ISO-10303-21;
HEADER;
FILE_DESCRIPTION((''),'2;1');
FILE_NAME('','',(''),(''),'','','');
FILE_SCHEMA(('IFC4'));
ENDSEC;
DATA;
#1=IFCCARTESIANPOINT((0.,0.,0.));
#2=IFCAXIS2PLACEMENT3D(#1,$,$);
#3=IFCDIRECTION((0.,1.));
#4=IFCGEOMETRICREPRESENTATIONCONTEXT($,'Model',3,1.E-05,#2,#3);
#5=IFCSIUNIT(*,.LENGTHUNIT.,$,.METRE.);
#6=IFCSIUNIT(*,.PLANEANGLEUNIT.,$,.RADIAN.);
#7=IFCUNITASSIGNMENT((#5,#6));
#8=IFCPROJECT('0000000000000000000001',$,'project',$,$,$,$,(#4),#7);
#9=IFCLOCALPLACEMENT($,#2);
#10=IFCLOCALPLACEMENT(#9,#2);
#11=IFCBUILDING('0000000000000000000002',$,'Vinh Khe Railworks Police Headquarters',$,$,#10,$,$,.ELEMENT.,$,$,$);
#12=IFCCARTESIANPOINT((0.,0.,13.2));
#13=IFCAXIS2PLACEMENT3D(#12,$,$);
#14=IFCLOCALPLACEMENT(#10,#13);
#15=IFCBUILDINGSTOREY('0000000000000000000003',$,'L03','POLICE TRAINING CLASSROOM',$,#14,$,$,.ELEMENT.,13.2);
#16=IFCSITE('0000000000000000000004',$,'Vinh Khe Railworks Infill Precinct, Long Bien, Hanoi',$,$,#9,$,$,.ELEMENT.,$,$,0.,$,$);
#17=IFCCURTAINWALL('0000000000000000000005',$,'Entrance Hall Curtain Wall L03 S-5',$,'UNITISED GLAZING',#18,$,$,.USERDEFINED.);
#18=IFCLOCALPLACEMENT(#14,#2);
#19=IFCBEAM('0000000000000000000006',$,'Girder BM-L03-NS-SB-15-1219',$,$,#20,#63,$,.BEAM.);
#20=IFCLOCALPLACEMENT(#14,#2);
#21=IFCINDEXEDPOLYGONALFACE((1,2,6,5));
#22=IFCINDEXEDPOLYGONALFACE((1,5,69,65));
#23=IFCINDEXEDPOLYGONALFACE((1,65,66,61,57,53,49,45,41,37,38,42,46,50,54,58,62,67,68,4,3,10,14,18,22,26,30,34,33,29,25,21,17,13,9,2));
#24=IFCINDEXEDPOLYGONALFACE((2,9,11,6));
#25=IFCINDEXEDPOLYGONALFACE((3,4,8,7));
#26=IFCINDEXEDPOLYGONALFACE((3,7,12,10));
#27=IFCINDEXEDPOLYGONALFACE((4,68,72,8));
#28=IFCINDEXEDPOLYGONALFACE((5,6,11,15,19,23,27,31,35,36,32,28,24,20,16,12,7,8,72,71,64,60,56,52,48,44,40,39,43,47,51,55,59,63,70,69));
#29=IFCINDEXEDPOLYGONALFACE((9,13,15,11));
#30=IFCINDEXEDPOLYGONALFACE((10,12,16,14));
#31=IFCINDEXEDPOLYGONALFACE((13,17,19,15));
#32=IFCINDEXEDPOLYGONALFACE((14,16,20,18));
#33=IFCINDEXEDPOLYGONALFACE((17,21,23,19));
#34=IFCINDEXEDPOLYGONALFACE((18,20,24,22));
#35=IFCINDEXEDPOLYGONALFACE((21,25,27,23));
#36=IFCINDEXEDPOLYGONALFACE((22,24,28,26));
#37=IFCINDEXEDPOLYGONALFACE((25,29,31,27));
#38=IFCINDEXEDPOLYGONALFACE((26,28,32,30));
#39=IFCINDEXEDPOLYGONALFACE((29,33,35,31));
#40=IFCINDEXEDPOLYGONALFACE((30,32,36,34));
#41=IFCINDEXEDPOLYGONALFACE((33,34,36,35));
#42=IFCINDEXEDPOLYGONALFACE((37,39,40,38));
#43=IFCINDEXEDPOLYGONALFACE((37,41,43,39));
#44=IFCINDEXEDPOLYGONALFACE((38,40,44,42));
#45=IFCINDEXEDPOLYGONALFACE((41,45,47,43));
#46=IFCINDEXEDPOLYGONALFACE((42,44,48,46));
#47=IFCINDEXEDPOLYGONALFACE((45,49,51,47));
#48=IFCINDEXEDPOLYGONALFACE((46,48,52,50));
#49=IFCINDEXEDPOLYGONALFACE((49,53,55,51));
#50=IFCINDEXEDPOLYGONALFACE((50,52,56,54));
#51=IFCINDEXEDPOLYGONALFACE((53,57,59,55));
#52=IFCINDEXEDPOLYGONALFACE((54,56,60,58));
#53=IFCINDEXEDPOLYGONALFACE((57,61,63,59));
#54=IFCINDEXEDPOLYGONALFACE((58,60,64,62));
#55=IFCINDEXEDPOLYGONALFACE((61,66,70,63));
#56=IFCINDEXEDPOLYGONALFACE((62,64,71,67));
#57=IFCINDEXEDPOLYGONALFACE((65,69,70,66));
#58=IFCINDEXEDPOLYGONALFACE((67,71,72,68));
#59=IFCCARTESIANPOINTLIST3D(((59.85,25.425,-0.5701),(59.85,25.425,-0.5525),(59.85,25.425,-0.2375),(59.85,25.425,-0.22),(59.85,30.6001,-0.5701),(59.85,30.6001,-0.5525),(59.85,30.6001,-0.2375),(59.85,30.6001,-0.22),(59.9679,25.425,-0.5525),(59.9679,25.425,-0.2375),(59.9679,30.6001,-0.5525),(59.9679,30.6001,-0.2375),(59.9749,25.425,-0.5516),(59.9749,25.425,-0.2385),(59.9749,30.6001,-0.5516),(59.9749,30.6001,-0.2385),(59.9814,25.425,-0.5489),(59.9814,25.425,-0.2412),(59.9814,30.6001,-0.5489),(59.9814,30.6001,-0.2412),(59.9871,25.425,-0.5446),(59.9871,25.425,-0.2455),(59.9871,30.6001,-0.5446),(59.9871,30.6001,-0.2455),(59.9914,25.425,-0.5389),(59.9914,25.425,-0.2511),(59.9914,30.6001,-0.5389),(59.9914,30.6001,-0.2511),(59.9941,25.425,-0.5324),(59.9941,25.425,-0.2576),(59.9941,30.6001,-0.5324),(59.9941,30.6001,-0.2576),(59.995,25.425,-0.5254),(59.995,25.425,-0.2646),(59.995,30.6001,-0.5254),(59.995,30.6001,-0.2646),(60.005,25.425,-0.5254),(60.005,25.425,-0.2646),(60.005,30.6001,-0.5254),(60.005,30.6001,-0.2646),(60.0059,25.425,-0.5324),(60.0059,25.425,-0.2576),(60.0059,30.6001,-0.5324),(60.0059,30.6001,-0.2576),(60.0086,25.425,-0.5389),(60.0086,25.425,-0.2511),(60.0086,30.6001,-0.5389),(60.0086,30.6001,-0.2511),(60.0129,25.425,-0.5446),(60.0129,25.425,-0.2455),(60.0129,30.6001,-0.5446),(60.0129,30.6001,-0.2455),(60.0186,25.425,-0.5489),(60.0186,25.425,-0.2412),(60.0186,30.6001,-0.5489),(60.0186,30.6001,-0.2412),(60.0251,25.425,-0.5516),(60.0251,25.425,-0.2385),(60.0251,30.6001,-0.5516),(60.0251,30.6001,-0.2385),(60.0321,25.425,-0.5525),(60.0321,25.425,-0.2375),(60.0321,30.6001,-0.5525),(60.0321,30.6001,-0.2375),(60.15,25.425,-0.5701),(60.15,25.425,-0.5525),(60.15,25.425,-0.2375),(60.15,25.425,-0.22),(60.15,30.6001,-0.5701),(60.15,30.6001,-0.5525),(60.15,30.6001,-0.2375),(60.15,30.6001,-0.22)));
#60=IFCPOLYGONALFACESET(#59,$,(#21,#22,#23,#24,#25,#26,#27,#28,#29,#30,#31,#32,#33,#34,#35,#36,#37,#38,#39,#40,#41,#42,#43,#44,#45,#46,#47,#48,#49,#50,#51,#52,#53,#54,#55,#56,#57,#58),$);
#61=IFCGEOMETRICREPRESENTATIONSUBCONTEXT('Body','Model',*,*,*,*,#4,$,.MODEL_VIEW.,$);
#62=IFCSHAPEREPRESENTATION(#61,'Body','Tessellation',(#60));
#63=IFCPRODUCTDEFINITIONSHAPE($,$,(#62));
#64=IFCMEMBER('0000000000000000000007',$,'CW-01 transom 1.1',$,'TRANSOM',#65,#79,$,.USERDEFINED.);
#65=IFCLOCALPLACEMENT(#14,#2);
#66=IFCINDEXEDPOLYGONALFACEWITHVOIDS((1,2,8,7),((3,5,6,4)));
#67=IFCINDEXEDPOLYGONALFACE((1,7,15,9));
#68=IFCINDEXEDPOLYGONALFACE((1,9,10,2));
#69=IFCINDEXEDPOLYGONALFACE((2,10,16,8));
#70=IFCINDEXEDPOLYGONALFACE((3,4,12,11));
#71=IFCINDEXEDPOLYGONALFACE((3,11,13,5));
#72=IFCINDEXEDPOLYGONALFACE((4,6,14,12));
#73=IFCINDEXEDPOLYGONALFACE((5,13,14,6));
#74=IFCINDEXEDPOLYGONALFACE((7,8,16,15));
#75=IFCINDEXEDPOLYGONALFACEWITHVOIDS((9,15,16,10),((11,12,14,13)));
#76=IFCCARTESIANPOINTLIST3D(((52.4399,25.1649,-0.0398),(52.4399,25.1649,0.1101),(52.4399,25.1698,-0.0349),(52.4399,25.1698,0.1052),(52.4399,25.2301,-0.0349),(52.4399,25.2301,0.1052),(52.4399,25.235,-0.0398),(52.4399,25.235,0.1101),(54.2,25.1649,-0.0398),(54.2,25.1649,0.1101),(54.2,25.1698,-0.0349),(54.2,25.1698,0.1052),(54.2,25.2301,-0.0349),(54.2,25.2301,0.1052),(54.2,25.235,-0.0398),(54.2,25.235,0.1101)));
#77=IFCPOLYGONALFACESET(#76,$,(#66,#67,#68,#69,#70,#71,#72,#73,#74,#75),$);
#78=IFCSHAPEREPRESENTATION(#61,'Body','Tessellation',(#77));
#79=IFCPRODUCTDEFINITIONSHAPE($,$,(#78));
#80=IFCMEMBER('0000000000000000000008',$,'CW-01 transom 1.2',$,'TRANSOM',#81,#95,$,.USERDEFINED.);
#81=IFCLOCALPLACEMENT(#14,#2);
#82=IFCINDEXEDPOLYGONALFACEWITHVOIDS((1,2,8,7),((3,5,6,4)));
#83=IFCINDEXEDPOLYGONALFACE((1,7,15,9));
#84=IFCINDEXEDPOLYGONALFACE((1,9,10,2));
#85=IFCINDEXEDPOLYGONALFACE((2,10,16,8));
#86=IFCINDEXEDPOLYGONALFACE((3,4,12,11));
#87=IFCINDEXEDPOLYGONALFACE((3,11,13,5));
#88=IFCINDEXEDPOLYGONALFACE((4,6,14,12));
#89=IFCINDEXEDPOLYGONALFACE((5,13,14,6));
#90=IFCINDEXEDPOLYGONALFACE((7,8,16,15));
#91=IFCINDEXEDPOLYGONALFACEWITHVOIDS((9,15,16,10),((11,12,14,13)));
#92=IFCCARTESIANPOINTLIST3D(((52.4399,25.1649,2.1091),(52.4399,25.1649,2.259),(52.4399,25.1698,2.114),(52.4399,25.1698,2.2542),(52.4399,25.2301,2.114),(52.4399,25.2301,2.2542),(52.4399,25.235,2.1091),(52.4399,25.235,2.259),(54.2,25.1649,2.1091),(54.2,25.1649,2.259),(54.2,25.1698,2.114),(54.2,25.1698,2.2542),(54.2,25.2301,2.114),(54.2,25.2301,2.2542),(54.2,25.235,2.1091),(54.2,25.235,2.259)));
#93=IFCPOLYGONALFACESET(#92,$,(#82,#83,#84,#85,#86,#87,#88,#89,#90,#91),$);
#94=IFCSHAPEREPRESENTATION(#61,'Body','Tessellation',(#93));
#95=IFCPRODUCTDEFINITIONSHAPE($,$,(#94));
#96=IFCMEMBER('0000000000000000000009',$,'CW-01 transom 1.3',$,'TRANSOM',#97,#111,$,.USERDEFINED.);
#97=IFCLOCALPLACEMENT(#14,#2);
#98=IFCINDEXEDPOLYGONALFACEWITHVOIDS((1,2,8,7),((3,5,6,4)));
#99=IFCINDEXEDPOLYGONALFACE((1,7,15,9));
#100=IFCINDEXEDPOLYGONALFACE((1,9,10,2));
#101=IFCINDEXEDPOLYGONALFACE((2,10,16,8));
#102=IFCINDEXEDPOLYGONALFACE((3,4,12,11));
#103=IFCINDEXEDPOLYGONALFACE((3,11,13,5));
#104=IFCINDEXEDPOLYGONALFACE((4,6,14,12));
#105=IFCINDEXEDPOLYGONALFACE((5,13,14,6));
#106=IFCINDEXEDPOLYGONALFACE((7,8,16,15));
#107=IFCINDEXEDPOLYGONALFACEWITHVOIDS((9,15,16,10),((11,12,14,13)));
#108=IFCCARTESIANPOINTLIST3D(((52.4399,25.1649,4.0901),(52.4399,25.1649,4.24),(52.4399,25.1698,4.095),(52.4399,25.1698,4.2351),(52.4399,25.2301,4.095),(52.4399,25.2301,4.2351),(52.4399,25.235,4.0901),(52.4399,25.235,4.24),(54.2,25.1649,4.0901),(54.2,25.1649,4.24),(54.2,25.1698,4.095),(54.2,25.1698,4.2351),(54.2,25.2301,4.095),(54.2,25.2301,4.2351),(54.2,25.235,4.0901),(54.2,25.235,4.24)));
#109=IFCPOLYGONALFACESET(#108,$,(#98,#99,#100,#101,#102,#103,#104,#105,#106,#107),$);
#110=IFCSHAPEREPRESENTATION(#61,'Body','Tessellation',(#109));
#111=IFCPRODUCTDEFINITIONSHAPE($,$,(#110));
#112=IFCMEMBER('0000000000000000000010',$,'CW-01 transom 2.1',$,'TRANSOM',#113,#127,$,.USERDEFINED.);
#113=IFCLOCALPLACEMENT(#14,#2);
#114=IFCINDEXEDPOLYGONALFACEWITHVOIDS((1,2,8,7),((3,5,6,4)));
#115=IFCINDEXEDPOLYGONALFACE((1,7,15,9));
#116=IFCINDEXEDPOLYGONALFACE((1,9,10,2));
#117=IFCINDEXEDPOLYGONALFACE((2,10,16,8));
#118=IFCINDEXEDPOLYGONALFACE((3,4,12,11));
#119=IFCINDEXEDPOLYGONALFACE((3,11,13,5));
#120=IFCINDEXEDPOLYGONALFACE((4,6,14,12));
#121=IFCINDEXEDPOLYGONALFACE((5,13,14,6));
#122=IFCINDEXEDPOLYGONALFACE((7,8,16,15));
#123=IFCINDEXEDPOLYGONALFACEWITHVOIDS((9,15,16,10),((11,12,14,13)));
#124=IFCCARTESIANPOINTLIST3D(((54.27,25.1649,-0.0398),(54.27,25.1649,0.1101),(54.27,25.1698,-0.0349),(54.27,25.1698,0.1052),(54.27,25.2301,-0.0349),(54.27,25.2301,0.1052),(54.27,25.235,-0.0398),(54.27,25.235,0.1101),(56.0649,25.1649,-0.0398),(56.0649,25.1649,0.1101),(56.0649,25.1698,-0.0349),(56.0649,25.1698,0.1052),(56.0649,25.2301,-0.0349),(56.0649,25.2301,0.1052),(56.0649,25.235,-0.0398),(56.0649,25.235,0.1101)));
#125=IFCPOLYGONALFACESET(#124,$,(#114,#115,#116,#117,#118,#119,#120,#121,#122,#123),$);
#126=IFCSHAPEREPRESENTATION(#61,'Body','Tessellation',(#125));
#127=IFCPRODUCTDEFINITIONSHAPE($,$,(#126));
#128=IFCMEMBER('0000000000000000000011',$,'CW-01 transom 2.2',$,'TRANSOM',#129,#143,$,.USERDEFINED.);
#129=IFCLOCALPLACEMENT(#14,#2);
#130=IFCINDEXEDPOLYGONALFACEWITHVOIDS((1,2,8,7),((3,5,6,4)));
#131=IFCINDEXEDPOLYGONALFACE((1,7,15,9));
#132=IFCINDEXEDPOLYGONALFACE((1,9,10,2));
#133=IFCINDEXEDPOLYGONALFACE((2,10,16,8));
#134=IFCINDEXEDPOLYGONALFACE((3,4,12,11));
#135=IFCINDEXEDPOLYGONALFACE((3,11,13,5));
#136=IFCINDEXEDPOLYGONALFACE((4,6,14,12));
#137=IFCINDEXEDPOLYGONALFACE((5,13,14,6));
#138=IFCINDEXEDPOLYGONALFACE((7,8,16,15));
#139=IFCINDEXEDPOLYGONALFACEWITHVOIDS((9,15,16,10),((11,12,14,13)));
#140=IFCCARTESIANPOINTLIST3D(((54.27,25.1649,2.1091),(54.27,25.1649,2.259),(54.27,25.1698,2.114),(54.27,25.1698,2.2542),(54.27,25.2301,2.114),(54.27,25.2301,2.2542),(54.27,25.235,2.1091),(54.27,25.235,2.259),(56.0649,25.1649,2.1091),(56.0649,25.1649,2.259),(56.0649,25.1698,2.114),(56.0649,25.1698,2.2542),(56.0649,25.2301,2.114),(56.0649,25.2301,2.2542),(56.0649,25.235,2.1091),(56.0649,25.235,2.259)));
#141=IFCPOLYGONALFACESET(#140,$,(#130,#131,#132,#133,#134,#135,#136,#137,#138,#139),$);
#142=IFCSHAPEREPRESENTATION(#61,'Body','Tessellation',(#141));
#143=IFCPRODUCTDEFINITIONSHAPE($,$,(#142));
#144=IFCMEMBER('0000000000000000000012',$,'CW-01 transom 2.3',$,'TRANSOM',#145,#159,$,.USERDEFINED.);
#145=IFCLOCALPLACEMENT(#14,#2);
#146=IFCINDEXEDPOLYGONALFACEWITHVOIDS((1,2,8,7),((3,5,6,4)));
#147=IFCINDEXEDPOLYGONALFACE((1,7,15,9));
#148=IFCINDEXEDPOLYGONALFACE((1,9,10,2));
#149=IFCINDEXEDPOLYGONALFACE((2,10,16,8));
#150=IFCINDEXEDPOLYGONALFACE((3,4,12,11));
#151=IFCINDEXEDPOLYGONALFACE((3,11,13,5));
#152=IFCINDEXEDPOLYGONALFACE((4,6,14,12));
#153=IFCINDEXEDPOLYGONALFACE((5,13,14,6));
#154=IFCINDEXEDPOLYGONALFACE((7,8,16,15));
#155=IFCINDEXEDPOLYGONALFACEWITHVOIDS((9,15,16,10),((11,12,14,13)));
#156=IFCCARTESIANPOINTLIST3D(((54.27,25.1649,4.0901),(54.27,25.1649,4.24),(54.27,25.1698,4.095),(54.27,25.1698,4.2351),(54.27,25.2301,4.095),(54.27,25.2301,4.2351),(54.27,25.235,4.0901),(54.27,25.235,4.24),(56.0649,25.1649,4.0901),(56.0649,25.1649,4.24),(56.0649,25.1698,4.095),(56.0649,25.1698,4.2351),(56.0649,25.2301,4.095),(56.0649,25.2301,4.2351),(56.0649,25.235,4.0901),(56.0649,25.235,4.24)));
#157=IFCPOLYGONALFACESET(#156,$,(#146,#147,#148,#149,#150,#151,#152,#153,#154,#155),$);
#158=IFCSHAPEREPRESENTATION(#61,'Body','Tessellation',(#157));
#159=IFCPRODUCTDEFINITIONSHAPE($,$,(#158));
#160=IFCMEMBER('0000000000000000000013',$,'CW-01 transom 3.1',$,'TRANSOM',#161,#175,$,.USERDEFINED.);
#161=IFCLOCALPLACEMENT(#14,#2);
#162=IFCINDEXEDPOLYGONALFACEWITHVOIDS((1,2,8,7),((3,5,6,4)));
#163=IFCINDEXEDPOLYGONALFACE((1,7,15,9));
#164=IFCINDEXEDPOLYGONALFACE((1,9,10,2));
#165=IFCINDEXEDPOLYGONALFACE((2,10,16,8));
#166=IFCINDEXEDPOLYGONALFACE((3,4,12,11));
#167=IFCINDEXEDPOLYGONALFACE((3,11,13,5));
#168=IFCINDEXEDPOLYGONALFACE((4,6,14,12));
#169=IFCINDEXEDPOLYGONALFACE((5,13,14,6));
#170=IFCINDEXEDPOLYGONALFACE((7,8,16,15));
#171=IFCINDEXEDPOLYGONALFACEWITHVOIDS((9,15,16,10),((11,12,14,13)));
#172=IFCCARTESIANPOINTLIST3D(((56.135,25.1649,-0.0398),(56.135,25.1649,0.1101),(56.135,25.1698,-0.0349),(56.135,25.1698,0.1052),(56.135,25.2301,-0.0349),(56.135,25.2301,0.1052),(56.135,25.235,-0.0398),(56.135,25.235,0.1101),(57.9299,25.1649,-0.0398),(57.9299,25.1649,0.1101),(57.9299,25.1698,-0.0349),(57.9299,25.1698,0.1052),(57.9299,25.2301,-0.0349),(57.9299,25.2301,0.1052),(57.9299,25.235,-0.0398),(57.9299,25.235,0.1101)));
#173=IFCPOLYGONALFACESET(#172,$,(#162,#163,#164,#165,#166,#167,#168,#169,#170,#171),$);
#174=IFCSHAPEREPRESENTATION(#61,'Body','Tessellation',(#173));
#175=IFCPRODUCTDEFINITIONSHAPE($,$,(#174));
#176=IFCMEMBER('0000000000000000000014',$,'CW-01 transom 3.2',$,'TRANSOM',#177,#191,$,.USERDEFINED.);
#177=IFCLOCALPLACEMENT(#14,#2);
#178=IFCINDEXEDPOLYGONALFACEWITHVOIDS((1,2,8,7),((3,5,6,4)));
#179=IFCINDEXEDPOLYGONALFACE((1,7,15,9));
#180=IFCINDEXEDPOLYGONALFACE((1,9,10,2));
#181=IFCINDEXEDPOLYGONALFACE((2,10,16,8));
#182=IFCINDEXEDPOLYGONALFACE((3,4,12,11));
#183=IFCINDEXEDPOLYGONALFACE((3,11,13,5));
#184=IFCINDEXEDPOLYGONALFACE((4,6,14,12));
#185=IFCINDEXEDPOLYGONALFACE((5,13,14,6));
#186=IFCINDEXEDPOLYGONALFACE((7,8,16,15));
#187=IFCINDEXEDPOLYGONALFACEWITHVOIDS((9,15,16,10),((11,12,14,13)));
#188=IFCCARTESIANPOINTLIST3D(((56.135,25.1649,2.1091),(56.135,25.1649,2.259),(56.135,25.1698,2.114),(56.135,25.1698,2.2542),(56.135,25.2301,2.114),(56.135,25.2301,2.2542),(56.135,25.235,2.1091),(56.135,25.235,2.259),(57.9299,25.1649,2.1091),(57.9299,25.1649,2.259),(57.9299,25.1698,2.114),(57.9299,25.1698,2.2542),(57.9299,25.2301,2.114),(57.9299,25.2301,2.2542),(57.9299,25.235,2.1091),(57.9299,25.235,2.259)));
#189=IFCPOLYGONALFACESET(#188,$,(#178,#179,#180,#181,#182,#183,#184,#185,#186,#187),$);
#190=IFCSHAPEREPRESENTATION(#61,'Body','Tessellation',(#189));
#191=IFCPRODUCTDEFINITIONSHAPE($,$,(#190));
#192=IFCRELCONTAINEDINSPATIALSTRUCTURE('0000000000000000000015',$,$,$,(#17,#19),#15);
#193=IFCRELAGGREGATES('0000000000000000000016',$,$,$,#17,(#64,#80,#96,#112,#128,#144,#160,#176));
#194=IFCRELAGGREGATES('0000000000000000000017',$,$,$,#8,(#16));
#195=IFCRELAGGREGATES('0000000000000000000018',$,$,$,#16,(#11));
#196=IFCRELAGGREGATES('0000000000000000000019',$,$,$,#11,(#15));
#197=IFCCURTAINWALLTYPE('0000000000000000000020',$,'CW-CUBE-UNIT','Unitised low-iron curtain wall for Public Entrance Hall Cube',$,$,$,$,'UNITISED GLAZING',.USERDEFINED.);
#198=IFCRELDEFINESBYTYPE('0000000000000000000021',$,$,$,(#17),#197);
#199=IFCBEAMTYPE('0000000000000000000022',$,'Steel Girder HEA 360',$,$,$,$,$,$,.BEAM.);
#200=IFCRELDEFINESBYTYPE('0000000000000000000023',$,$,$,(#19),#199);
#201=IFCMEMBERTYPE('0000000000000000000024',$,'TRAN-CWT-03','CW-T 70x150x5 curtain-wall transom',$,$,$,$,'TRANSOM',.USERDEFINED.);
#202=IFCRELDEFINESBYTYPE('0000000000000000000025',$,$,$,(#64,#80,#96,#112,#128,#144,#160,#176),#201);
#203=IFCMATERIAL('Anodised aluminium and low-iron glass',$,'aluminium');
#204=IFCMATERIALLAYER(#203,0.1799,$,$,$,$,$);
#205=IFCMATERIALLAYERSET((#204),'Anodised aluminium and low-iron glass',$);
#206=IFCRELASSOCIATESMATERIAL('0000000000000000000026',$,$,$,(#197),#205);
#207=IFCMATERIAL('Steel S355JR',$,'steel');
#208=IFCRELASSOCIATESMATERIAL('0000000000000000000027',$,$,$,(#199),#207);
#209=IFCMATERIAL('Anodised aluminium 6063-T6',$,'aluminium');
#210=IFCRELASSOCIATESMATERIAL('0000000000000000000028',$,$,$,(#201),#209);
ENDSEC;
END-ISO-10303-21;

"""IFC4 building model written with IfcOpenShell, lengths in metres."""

from ifc_helpers import new_model, si_unit, direction, frame, origin, origin_2d, place, context, subcontext, project, spatial, hollow_rectangle, i_section, extrude, material, layer, layer_set, material_profile, profile_set, type_object, element, aggregate, save


model = new_model("IFC4")

# Units and contexts
model_context = context("Model", 3, precision=1e-05, world=origin(), true_north=direction((0.0, 1.0)))
body_context = subcontext(model_context, "Body", "Model", "MODEL_VIEW")
ifc_project = project(units=[si_unit("LENGTHUNIT", "METRE"), si_unit("PLANEANGLEUNIT", "RADIAN")], contexts=[model_context])

# Site, building, storey
site_placement = place(None, origin())
site = spatial("IfcSite", under=ifc_project, at=site_placement, Name="Vinh Khe Railworks Infill Precinct, Long Bien, Hanoi", CompositionType="ELEMENT", RefElevation=0.0)
building_placement = place(site_placement, origin())
building = spatial("IfcBuilding", under=site, at=building_placement, Name="Vinh Khe Railworks Police Headquarters", CompositionType="ELEMENT")
storey_placement = place(building_placement, frame((0.0, 0.0, 13.2)))
storey = spatial("IfcBuildingStorey", under=building, at=storey_placement, Name="L03", Description="POLICE TRAINING CLASSROOM", CompositionType="ELEMENT", Elevation=13.2)

# Shared definitions
ifc_material_1 = material(Name="Steel S355JR", Category="steel")

# Curtain wall
ifc_material_2 = material(Name="Anodised aluminium and low-iron glass", Category="aluminium")
ifc_layer_1 = layer(ifc_material_2, 0.1799)
ifc_layer_set_1 = layer_set([ifc_layer_1], Name="Anodised aluminium and low-iron glass")
curtain_wall_type = type_object("IfcCurtainWallType", Name="CW-CUBE-UNIT", Description="Unitised low-iron curtain wall for Public Entrance Hall Cube", ElementType="UNITISED GLAZING", PredefinedType="USERDEFINED", material=ifc_layer_set_1)
curtain_wall_1_placement = place(storey_placement, origin())
curtain_wall_1 = element("IfcCurtainWall", 1, at=curtain_wall_1_placement, inside=storey, type_object=curtain_wall_type, Name="Entrance Hall Curtain Wall L03 S-5", ObjectType="UNITISED GLAZING", PredefinedType="USERDEFINED")
ifc_material_3 = material(Name="Anodised aluminium 6063-T6", Category="aluminium")

# Beam
ifc_material_profile_1 = material_profile(ifc_material_1, i_section(OverallWidth=0.3, OverallDepth=0.3501, WebThickness=0.01, FlangeThickness=0.0176, FilletRadius=0.0271, at=origin_2d()), Name="HEA 360")
ifc_profile_set_1 = profile_set([ifc_material_profile_1], Name="Steel S355JR")
beam_type = type_object("IfcBeamType", Name="Steel Girder HEA 360", PredefinedType="BEAM", material=ifc_profile_set_1)
beam_placement = place(storey_placement, frame((60.0, 25.425, -0.395), z_axis=(0.0, 1.0, 0.0), x_axis=(-1.0, 0.0, 0.0)))
element("IfcBeam", 2, at=beam_placement, inside=storey, type_object=beam_type, Name="Girder BM-L03-NS-SB-15-1219", PredefinedType="BEAM", context=body_context, shape_type="SweptSolid", body=[
    extrude(i_section(OverallWidth=0.3, OverallDepth=0.3501, WebThickness=0.01, FlangeThickness=0.0176, FilletRadius=0.0271, at=origin_2d()), origin(), (0.0, 0.0, 1.0), 5.175),
])

# Members
ifc_material_profile_2 = material_profile(ifc_material_3, hollow_rectangle(XDim=0.0701, YDim=0.1499, WallThickness=0.0049, at=origin_2d()), Name="CW-T 70x150x5")
ifc_profile_set_2 = profile_set([ifc_material_profile_2], Name="Anodised aluminium 6063-T6")
member_type_1 = type_object("IfcMemberType", Name="TRAN-CWT-03", Description="CW-T 70x150x5 curtain-wall transom", ElementType="TRANSOM", PredefinedType="USERDEFINED", material=ifc_profile_set_2)
member_1_placement = place(storey_placement, frame((52.4399, 25.2, 0.0352), z_axis=(1.0, 0.0, 0.0), x_axis=(0.0, 1.0, 0.0)))
member_1 = element("IfcMember", 3, at=member_1_placement, type_object=member_type_1, Name="CW-01 transom 1.1", ObjectType="TRANSOM", PredefinedType="USERDEFINED", context=body_context, shape_type="SweptSolid", body=[
    extrude(hollow_rectangle(XDim=0.0701, YDim=0.1499, WallThickness=0.0049, at=origin_2d()), origin(), (0.0, 0.0, 1.0), 1.76),
])
member_2_placement = place(storey_placement, frame((52.4399, 25.2, 2.1841), z_axis=(1.0, 0.0, 0.0), x_axis=(0.0, 1.0, 0.0)))
member_2 = element("IfcMember", 4, at=member_2_placement, type_object=member_type_1, Name="CW-01 transom 1.2", ObjectType="TRANSOM", PredefinedType="USERDEFINED", context=body_context, shape_type="SweptSolid", body=[
    extrude(hollow_rectangle(XDim=0.0701, YDim=0.1499, WallThickness=0.0049, at=origin_2d()), origin(), (0.0, 0.0, 1.0), 1.76),
])
member_3_placement = place(storey_placement, frame((52.4399, 25.2, 4.165), z_axis=(1.0, 0.0, 0.0), x_axis=(0.0, 1.0, 0.0)))
member_3 = element("IfcMember", 5, at=member_3_placement, type_object=member_type_1, Name="CW-01 transom 1.3", ObjectType="TRANSOM", PredefinedType="USERDEFINED", context=body_context, shape_type="SweptSolid", body=[
    extrude(hollow_rectangle(XDim=0.0701, YDim=0.1499, WallThickness=0.0049, at=origin_2d()), origin(), (0.0, 0.0, 1.0), 1.76),
])
member_4_placement = place(storey_placement, frame((54.27, 25.2, 0.0352), z_axis=(1.0, 0.0, 0.0), x_axis=(0.0, 1.0, 0.0)))
member_4 = element("IfcMember", 6, at=member_4_placement, type_object=member_type_1, Name="CW-01 transom 2.1", ObjectType="TRANSOM", PredefinedType="USERDEFINED", context=body_context, shape_type="SweptSolid", body=[
    extrude(hollow_rectangle(XDim=0.0701, YDim=0.1499, WallThickness=0.0049, at=origin_2d()), origin(), (0.0, 0.0, 1.0), 1.7949),
])
member_5_placement = place(storey_placement, frame((54.27, 25.2, 2.1841), z_axis=(1.0, 0.0, 0.0), x_axis=(0.0, 1.0, 0.0)))
member_5 = element("IfcMember", 7, at=member_5_placement, type_object=member_type_1, Name="CW-01 transom 2.2", ObjectType="TRANSOM", PredefinedType="USERDEFINED", context=body_context, shape_type="SweptSolid", body=[
    extrude(hollow_rectangle(XDim=0.0701, YDim=0.1499, WallThickness=0.0049, at=origin_2d()), origin(), (0.0, 0.0, 1.0), 1.7949),
])
member_6_placement = place(storey_placement, frame((54.27, 25.2, 4.165), z_axis=(1.0, 0.0, 0.0), x_axis=(0.0, 1.0, 0.0)))
member_6 = element("IfcMember", 8, at=member_6_placement, type_object=member_type_1, Name="CW-01 transom 2.3", ObjectType="TRANSOM", PredefinedType="USERDEFINED", context=body_context, shape_type="SweptSolid", body=[
    extrude(hollow_rectangle(XDim=0.0701, YDim=0.1499, WallThickness=0.0049, at=origin_2d()), origin(), (0.0, 0.0, 1.0), 1.7949),
])
member_7_placement = place(storey_placement, frame((56.135, 25.2, 0.0352), z_axis=(1.0, 0.0, 0.0), x_axis=(0.0, 1.0, 0.0)))
member_7 = element("IfcMember", 9, at=member_7_placement, type_object=member_type_1, Name="CW-01 transom 3.1", ObjectType="TRANSOM", PredefinedType="USERDEFINED", context=body_context, shape_type="SweptSolid", body=[
    extrude(hollow_rectangle(XDim=0.0701, YDim=0.1499, WallThickness=0.0049, at=origin_2d()), origin(), (0.0, 0.0, 1.0), 1.7949),
])
member_8_placement = place(storey_placement, frame((56.135, 25.2, 2.1841), z_axis=(1.0, 0.0, 0.0), x_axis=(0.0, 1.0, 0.0)))
member_8 = element("IfcMember", 10, at=member_8_placement, type_object=member_type_1, Name="CW-01 transom 3.2", ObjectType="TRANSOM", PredefinedType="USERDEFINED", context=body_context, shape_type="SweptSolid", body=[
    extrude(hollow_rectangle(XDim=0.0701, YDim=0.1499, WallThickness=0.0049, at=origin_2d()), origin(), (0.0, 0.0, 1.0), 1.7949),
])

aggregate(curtain_wall_1, [member_1, member_2, member_3, member_4, member_5, member_6, member_7, member_8])

save(model, "model.ifc")
